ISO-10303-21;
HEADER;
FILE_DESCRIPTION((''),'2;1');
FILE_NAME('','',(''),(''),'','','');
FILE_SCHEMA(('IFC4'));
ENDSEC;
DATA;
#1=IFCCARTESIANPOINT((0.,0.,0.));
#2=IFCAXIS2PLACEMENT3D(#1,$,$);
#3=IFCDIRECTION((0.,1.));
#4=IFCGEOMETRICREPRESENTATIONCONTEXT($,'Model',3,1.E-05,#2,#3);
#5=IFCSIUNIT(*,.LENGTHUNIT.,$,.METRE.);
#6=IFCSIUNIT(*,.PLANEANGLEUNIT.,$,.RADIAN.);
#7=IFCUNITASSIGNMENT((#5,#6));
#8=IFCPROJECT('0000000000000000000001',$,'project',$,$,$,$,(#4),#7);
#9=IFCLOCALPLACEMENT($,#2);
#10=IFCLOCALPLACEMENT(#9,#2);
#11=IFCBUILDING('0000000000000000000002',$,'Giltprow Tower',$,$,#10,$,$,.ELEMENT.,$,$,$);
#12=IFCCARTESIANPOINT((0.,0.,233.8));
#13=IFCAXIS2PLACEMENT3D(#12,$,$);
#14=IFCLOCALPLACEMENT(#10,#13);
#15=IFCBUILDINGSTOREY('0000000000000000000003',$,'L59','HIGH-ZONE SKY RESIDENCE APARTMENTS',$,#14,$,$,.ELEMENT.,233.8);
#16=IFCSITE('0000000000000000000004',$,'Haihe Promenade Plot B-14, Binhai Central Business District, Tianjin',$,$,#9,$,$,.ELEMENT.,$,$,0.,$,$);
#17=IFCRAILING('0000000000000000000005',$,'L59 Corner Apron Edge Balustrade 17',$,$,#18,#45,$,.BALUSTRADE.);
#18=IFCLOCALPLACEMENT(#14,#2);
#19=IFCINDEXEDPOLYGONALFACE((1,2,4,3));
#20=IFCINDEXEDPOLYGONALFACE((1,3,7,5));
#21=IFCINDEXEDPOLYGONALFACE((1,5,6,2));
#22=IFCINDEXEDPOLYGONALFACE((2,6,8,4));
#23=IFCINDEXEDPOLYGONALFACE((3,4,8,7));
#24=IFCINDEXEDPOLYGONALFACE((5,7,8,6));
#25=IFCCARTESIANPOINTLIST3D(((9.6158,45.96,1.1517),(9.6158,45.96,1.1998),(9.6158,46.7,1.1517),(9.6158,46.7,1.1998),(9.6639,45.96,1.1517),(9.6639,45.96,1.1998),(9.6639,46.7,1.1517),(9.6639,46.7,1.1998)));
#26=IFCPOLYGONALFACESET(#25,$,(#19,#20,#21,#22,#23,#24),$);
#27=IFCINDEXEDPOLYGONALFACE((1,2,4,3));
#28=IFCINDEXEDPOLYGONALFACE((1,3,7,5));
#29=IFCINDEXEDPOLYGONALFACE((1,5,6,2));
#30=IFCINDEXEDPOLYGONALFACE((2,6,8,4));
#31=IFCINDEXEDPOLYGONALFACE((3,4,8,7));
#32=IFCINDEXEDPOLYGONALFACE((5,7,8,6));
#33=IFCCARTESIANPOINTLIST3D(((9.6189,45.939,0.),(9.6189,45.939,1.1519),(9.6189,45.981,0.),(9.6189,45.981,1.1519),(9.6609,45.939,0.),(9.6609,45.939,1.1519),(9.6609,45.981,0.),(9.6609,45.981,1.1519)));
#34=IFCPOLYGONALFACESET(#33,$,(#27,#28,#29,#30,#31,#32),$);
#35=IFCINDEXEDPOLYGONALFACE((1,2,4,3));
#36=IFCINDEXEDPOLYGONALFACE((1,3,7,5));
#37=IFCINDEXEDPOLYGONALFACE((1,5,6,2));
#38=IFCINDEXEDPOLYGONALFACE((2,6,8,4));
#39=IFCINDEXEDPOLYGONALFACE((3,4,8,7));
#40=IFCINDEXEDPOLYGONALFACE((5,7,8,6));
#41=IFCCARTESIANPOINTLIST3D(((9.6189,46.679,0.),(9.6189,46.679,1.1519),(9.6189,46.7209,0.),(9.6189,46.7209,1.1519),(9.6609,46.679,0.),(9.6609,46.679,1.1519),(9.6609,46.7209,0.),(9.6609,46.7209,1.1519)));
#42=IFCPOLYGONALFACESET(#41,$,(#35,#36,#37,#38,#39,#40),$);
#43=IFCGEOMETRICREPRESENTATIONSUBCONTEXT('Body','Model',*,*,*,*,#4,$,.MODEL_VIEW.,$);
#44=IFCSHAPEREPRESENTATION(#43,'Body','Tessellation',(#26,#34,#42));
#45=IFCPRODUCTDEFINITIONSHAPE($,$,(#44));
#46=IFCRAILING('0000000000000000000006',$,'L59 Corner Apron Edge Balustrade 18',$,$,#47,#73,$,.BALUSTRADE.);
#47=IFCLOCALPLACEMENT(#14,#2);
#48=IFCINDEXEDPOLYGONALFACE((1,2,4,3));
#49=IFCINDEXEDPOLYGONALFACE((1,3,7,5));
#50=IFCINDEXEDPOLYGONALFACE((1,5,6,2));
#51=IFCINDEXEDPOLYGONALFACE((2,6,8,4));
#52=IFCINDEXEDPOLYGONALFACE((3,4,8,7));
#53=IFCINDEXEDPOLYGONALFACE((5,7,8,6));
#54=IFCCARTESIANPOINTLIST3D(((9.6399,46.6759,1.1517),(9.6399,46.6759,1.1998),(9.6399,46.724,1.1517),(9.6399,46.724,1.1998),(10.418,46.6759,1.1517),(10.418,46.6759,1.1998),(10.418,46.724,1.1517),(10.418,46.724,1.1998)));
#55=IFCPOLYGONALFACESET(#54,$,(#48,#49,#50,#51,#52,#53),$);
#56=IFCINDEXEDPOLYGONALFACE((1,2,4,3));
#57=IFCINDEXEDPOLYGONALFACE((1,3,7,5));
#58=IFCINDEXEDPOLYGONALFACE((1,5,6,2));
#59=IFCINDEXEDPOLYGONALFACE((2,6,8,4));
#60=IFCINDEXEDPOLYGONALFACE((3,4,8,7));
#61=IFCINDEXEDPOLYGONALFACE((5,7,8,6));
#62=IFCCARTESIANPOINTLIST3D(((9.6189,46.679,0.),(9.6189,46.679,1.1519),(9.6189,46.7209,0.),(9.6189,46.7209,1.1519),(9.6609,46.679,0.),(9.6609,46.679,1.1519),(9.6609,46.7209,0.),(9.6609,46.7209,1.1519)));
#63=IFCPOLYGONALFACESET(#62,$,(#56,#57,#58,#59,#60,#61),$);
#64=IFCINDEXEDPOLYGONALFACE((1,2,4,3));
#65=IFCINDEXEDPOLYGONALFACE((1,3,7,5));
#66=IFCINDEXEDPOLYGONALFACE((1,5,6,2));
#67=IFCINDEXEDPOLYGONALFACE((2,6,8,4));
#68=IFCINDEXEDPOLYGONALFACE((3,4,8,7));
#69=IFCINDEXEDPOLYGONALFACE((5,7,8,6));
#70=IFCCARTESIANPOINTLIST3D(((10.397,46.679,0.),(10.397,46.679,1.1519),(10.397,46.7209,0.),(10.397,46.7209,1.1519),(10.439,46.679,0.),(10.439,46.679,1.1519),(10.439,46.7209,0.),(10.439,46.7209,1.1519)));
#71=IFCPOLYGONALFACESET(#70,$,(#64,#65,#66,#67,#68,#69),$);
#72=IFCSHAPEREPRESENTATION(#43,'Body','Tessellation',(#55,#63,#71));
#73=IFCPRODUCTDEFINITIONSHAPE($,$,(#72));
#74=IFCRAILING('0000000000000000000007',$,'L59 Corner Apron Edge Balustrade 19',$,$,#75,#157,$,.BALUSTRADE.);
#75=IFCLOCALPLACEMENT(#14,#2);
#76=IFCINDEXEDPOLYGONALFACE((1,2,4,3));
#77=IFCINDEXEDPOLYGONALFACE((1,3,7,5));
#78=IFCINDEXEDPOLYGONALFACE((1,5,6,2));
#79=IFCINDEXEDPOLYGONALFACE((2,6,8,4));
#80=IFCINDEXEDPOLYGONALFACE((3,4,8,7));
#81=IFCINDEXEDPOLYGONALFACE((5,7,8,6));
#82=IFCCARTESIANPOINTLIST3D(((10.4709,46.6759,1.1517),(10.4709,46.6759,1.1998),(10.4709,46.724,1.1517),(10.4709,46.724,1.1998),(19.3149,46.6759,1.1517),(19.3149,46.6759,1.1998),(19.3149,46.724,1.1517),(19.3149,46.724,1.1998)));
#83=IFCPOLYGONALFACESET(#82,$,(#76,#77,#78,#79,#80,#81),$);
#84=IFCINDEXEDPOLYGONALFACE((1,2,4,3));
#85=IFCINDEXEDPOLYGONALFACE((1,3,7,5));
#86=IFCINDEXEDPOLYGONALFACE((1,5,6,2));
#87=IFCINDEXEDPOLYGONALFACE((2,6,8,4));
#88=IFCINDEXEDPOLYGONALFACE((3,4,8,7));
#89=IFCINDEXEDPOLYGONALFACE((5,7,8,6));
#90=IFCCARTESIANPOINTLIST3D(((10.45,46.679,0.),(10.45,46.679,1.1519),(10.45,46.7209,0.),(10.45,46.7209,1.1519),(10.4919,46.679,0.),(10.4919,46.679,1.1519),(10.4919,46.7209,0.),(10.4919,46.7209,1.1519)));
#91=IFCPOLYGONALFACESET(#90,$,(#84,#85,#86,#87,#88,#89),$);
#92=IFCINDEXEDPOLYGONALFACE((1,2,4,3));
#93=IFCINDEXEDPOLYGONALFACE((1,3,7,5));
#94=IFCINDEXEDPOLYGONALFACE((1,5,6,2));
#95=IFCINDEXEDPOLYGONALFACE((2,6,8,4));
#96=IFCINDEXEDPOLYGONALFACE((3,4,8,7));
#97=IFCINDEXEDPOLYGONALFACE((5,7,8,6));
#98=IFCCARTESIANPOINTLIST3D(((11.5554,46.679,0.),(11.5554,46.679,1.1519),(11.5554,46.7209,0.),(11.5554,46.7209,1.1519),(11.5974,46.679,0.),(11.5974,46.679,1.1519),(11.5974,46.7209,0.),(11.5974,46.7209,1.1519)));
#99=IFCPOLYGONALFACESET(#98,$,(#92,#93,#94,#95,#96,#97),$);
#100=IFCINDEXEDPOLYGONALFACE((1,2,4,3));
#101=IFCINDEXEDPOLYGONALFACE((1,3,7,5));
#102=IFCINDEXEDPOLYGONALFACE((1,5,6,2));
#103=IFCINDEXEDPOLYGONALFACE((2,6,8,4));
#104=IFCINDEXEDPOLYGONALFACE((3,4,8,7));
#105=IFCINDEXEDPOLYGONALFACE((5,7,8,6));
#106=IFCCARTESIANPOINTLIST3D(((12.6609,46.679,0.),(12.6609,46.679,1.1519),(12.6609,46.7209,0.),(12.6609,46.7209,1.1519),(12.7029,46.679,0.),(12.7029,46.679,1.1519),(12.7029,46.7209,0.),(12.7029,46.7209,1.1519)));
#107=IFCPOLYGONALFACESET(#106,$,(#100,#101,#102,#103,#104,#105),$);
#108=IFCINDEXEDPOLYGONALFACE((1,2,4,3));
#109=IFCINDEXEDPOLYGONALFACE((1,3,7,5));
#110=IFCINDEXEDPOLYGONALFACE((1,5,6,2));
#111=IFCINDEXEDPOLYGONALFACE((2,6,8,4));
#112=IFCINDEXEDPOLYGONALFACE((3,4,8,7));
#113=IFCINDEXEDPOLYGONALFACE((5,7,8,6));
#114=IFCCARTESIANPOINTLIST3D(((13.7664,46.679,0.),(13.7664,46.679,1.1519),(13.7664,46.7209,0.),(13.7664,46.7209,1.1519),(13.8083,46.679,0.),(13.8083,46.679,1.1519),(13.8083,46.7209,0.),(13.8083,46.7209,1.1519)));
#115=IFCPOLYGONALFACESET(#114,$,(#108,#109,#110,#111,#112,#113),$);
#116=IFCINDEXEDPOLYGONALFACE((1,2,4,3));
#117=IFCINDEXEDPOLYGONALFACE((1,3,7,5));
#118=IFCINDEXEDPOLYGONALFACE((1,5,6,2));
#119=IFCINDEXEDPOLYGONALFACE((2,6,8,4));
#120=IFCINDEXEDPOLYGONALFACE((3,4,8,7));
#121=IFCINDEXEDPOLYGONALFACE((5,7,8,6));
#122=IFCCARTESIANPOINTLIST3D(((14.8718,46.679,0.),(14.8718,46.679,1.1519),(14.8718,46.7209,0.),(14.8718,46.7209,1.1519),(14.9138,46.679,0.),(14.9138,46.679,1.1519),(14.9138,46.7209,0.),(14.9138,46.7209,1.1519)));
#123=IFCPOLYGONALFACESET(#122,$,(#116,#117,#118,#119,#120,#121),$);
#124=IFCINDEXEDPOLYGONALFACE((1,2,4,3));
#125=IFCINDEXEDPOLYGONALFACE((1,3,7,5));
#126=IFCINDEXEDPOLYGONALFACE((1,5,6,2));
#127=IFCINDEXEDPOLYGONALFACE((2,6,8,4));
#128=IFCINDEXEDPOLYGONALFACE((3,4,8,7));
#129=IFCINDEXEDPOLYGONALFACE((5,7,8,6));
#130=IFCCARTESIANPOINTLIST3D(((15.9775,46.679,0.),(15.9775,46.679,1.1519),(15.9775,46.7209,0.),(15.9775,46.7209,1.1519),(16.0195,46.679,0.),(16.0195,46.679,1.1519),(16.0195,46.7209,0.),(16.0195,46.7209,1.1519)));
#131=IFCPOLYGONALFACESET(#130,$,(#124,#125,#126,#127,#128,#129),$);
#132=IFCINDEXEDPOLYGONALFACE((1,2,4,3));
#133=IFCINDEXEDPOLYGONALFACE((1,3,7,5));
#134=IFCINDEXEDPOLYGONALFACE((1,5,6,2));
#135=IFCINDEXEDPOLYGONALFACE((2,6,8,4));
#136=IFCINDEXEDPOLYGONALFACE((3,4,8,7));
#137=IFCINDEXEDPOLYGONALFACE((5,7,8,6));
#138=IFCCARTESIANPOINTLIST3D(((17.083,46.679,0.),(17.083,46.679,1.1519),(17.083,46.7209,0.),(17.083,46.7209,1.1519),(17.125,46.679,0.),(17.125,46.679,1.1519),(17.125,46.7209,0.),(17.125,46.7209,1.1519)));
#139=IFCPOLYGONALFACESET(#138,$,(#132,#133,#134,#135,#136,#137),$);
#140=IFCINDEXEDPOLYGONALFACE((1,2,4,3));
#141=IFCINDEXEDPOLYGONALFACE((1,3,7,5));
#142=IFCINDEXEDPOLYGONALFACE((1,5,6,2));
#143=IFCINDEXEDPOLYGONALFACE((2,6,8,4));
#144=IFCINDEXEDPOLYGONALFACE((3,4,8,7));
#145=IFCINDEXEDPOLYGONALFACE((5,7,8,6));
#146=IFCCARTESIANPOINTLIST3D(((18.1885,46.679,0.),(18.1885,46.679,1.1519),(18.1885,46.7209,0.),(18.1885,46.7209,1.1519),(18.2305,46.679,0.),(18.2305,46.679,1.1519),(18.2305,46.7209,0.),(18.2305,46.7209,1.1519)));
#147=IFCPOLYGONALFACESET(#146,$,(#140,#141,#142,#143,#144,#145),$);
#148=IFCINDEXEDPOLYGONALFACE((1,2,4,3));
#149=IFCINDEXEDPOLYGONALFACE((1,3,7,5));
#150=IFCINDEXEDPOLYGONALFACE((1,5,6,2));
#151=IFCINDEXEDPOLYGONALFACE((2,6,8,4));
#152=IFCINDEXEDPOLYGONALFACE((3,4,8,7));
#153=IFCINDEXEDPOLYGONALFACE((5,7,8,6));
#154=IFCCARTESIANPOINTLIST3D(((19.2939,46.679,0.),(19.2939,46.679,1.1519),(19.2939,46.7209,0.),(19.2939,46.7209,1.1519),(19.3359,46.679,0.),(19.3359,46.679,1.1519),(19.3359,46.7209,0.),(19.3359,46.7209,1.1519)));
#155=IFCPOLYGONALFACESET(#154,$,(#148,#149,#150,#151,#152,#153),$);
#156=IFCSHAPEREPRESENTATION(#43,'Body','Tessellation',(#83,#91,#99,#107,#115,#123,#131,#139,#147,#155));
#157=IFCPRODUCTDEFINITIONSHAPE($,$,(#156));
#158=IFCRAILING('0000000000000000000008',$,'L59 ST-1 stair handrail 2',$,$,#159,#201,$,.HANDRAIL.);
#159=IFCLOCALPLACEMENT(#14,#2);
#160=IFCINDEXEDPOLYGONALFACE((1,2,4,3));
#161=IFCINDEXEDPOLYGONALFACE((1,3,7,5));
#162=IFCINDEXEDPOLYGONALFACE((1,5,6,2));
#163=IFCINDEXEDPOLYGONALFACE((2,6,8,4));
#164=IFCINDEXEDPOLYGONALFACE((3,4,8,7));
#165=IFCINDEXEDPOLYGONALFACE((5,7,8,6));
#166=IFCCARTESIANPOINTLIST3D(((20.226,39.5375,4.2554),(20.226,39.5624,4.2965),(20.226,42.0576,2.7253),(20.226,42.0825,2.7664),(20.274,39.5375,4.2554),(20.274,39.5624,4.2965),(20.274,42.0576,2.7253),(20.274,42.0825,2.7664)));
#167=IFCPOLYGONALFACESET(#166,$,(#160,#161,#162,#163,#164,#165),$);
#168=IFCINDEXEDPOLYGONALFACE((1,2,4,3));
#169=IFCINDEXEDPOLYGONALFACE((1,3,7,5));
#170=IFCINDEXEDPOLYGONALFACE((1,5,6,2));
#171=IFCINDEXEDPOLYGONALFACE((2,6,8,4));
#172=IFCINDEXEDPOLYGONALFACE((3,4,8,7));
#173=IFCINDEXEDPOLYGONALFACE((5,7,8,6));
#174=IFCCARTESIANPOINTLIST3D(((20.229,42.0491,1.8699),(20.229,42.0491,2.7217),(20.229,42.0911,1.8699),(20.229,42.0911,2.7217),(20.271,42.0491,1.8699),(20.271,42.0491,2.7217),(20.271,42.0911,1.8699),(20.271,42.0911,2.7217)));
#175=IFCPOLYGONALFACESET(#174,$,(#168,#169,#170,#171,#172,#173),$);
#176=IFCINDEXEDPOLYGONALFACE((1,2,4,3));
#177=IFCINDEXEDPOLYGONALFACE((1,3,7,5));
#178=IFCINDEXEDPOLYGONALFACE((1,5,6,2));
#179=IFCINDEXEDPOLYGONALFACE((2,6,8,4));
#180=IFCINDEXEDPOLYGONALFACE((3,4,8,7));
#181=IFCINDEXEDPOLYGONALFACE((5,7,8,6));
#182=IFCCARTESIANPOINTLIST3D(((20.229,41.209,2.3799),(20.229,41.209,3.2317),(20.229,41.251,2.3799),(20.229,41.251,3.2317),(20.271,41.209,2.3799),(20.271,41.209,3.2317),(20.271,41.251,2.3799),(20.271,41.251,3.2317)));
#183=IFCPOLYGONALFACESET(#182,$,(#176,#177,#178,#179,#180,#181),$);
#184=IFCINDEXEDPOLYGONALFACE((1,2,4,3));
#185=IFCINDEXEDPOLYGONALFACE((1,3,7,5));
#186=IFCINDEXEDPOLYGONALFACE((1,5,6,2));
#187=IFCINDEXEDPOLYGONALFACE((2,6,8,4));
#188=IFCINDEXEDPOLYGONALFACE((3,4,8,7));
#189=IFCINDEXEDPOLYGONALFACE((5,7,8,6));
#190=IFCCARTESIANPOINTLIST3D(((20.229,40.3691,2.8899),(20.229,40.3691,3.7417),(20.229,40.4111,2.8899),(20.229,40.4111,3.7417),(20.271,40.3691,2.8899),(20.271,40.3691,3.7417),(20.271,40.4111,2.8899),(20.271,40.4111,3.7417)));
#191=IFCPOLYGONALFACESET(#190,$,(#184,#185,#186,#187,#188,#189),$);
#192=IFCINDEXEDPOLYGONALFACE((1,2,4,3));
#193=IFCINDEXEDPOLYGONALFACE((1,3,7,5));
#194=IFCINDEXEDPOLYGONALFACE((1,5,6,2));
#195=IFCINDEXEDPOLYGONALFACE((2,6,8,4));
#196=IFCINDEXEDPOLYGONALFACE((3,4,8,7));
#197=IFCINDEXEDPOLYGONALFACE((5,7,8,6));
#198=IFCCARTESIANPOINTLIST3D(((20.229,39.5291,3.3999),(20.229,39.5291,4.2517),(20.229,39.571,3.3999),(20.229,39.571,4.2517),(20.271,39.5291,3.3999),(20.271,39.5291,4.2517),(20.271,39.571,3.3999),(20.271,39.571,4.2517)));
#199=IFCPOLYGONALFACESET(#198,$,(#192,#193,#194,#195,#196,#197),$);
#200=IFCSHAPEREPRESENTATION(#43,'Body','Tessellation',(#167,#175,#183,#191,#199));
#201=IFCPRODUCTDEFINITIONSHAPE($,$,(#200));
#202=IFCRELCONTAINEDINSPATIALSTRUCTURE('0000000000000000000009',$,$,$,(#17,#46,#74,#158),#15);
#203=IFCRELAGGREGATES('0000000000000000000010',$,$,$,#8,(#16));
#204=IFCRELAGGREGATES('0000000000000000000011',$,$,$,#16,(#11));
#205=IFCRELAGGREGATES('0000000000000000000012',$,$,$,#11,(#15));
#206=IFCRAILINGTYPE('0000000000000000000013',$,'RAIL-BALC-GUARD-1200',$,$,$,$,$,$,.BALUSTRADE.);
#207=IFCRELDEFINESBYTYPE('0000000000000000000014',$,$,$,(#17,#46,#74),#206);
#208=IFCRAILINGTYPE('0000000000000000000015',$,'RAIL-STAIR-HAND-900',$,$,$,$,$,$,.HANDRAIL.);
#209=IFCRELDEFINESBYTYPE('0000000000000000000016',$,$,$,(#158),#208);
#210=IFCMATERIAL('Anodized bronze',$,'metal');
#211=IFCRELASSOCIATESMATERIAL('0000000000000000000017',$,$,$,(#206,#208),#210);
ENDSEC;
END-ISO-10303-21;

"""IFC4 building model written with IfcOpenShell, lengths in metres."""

from ifc_helpers import new_model, si_unit, direction, frame, origin, origin_2d, place, context, subcontext, project, spatial, rectangle, extrude, material, type_object, element, save


model = new_model("IFC4")

# Units and contexts
model_context = context("Model", 3, precision=1e-05, world=origin(), true_north=direction((0.0, 1.0)))
body_context = subcontext(model_context, "Body", "Model", "MODEL_VIEW")
ifc_project = project(units=[si_unit("LENGTHUNIT", "METRE"), si_unit("PLANEANGLEUNIT", "RADIAN")], contexts=[model_context])

# Site, building, storey
site_placement = place(None, origin())
site = spatial("IfcSite", under=ifc_project, at=site_placement, Name="Haihe Promenade Plot B-14, Binhai Central Business District, Tianjin", CompositionType="ELEMENT", RefElevation=0.0)
building_placement = place(site_placement, origin())
building = spatial("IfcBuilding", under=site, at=building_placement, Name="Giltprow Tower", CompositionType="ELEMENT")
storey_placement = place(building_placement, frame((0.0, 0.0, 233.8)))
storey = spatial("IfcBuildingStorey", under=building, at=storey_placement, Name="L59", Description="HIGH-ZONE SKY RESIDENCE APARTMENTS", CompositionType="ELEMENT", Elevation=233.8)

# Railings
ifc_material_1 = material(Name="Anodized bronze", Category="metal")
railing_type_1 = type_object("IfcRailingType", Name="RAIL-BALC-GUARD-1200", PredefinedType="BALUSTRADE", material=ifc_material_1)
railing_1_placement = place(storey_placement, frame((9.6399, 45.96, 0.0)))
element("IfcRailing", 1, at=railing_1_placement, inside=storey, type_object=railing_type_1, Name="L59 Corner Apron Edge Balustrade 17", PredefinedType="BALUSTRADE", context=body_context, shape_type="SweptSolid", body=[
    extrude(rectangle(XDim=0.0481, YDim=0.0481, at=origin_2d()), frame((0.0, 0.0, 1.1758), z_axis=(0.0, 1.0, 0.0), x_axis=(-1.0, 0.0, 0.0)), (0.0, 0.0, 1.0), 0.74),
    extrude(rectangle(XDim=0.042, YDim=0.042, at=origin_2d()), origin(), (0.0, 0.0, 1.0), 1.1519),
    extrude(rectangle(XDim=0.042, YDim=0.042, at=origin_2d()), frame((0.0, 0.74, 0.0)), (0.0, 0.0, 1.0), 1.1519),
])
railing_2_placement = place(storey_placement, frame((9.6399, 46.7, 0.0)))
element("IfcRailing", 2, at=railing_2_placement, inside=storey, type_object=railing_type_1, Name="L59 Corner Apron Edge Balustrade 18", PredefinedType="BALUSTRADE", context=body_context, shape_type="SweptSolid", body=[
    extrude(rectangle(XDim=0.0481, YDim=0.0481, at=origin_2d()), frame((0.0, 0.0, 1.1758), z_axis=(1.0, 0.0, 0.0), x_axis=(0.0, 1.0, 0.0)), (0.0, 0.0, 1.0), 0.7781),
    extrude(rectangle(XDim=0.042, YDim=0.042, at=origin_2d()), origin(), (0.0, 0.0, 1.0), 1.1519),
    extrude(rectangle(XDim=0.042, YDim=0.042, at=origin_2d()), frame((0.7781, 0.0, 0.0)), (0.0, 0.0, 1.0), 1.1519),
])
railing_3_placement = place(storey_placement, frame((10.4709, 46.7, 0.0)))
element("IfcRailing", 3, at=railing_3_placement, inside=storey, type_object=railing_type_1, Name="L59 Corner Apron Edge Balustrade 19", PredefinedType="BALUSTRADE", context=body_context, shape_type="SweptSolid", body=[
    extrude(rectangle(XDim=0.0481, YDim=0.0481, at=origin_2d()), frame((0.0, 0.0, 1.1758), z_axis=(1.0, 0.0, 0.0), x_axis=(0.0, 1.0, 0.0)), (0.0, 0.0, 1.0), 8.844),
    extrude(rectangle(XDim=0.042, YDim=0.042, at=origin_2d()), origin(), (0.0, 0.0, 1.0), 1.1519),
    extrude(rectangle(XDim=0.042, YDim=0.042, at=origin_2d()), frame((1.1055, 0.0, 0.0)), (0.0, 0.0, 1.0), 1.1519),
    extrude(rectangle(XDim=0.042, YDim=0.042, at=origin_2d()), frame((2.2109, 0.0, 0.0)), (0.0, 0.0, 1.0), 1.1519),
    extrude(rectangle(XDim=0.042, YDim=0.042, at=origin_2d()), frame((3.3164, 0.0, 0.0)), (0.0, 0.0, 1.0), 1.1519),
    extrude(rectangle(XDim=0.042, YDim=0.042, at=origin_2d()), frame((4.4219, 0.0, 0.0)), (0.0, 0.0, 1.0), 1.1519),
    extrude(rectangle(XDim=0.042, YDim=0.042, at=origin_2d()), frame((5.5276, 0.0, 0.0)), (0.0, 0.0, 1.0), 1.1519),
    extrude(rectangle(XDim=0.042, YDim=0.042, at=origin_2d()), frame((6.6331, 0.0, 0.0)), (0.0, 0.0, 1.0), 1.1519),
    extrude(rectangle(XDim=0.042, YDim=0.042, at=origin_2d()), frame((7.7385, 0.0, 0.0)), (0.0, 0.0, 1.0), 1.1519),
    extrude(rectangle(XDim=0.042, YDim=0.042, at=origin_2d()), frame((8.844, 0.0, 0.0)), (0.0, 0.0, 1.0), 1.1519),
])
railing_type_2 = type_object("IfcRailingType", Name="RAIL-STAIR-HAND-900", PredefinedType="HANDRAIL", material=ifc_material_1)
railing_4_placement = place(storey_placement, frame((20.25, 42.0701, 1.8699)))
element("IfcRailing", 4, at=railing_4_placement, inside=storey, type_object=railing_type_2, Name="L59 ST-1 stair handrail 2", PredefinedType="HANDRAIL", context=body_context, shape_type="SweptSolid", body=[
    extrude(rectangle(XDim=0.0481, YDim=0.0481, at=origin_2d()), frame((0.0, 0.0, 0.876), z_axis=(0.0, -0.854785, 0.518982), x_axis=(1.0, 0.0, 0.0)), (0.0, 0.0, 1.0), 2.9482),
    extrude(rectangle(XDim=0.042, YDim=0.042, at=origin_2d()), origin(), (0.0, 0.0, 1.0), 0.8518),
    extrude(rectangle(XDim=0.042, YDim=0.042, at=origin_2d()), frame((0.0, -0.8401, 0.51)), (0.0, 0.0, 1.0), 0.8518),
    extrude(rectangle(XDim=0.042, YDim=0.042, at=origin_2d()), frame((0.0, -1.6799, 1.02)), (0.0, 0.0, 1.0), 0.8518),
    extrude(rectangle(XDim=0.042, YDim=0.042, at=origin_2d()), frame((0.0, -2.52, 1.53)), (0.0, 0.0, 1.0), 0.8518),
])

save(model, "model.ifc")
